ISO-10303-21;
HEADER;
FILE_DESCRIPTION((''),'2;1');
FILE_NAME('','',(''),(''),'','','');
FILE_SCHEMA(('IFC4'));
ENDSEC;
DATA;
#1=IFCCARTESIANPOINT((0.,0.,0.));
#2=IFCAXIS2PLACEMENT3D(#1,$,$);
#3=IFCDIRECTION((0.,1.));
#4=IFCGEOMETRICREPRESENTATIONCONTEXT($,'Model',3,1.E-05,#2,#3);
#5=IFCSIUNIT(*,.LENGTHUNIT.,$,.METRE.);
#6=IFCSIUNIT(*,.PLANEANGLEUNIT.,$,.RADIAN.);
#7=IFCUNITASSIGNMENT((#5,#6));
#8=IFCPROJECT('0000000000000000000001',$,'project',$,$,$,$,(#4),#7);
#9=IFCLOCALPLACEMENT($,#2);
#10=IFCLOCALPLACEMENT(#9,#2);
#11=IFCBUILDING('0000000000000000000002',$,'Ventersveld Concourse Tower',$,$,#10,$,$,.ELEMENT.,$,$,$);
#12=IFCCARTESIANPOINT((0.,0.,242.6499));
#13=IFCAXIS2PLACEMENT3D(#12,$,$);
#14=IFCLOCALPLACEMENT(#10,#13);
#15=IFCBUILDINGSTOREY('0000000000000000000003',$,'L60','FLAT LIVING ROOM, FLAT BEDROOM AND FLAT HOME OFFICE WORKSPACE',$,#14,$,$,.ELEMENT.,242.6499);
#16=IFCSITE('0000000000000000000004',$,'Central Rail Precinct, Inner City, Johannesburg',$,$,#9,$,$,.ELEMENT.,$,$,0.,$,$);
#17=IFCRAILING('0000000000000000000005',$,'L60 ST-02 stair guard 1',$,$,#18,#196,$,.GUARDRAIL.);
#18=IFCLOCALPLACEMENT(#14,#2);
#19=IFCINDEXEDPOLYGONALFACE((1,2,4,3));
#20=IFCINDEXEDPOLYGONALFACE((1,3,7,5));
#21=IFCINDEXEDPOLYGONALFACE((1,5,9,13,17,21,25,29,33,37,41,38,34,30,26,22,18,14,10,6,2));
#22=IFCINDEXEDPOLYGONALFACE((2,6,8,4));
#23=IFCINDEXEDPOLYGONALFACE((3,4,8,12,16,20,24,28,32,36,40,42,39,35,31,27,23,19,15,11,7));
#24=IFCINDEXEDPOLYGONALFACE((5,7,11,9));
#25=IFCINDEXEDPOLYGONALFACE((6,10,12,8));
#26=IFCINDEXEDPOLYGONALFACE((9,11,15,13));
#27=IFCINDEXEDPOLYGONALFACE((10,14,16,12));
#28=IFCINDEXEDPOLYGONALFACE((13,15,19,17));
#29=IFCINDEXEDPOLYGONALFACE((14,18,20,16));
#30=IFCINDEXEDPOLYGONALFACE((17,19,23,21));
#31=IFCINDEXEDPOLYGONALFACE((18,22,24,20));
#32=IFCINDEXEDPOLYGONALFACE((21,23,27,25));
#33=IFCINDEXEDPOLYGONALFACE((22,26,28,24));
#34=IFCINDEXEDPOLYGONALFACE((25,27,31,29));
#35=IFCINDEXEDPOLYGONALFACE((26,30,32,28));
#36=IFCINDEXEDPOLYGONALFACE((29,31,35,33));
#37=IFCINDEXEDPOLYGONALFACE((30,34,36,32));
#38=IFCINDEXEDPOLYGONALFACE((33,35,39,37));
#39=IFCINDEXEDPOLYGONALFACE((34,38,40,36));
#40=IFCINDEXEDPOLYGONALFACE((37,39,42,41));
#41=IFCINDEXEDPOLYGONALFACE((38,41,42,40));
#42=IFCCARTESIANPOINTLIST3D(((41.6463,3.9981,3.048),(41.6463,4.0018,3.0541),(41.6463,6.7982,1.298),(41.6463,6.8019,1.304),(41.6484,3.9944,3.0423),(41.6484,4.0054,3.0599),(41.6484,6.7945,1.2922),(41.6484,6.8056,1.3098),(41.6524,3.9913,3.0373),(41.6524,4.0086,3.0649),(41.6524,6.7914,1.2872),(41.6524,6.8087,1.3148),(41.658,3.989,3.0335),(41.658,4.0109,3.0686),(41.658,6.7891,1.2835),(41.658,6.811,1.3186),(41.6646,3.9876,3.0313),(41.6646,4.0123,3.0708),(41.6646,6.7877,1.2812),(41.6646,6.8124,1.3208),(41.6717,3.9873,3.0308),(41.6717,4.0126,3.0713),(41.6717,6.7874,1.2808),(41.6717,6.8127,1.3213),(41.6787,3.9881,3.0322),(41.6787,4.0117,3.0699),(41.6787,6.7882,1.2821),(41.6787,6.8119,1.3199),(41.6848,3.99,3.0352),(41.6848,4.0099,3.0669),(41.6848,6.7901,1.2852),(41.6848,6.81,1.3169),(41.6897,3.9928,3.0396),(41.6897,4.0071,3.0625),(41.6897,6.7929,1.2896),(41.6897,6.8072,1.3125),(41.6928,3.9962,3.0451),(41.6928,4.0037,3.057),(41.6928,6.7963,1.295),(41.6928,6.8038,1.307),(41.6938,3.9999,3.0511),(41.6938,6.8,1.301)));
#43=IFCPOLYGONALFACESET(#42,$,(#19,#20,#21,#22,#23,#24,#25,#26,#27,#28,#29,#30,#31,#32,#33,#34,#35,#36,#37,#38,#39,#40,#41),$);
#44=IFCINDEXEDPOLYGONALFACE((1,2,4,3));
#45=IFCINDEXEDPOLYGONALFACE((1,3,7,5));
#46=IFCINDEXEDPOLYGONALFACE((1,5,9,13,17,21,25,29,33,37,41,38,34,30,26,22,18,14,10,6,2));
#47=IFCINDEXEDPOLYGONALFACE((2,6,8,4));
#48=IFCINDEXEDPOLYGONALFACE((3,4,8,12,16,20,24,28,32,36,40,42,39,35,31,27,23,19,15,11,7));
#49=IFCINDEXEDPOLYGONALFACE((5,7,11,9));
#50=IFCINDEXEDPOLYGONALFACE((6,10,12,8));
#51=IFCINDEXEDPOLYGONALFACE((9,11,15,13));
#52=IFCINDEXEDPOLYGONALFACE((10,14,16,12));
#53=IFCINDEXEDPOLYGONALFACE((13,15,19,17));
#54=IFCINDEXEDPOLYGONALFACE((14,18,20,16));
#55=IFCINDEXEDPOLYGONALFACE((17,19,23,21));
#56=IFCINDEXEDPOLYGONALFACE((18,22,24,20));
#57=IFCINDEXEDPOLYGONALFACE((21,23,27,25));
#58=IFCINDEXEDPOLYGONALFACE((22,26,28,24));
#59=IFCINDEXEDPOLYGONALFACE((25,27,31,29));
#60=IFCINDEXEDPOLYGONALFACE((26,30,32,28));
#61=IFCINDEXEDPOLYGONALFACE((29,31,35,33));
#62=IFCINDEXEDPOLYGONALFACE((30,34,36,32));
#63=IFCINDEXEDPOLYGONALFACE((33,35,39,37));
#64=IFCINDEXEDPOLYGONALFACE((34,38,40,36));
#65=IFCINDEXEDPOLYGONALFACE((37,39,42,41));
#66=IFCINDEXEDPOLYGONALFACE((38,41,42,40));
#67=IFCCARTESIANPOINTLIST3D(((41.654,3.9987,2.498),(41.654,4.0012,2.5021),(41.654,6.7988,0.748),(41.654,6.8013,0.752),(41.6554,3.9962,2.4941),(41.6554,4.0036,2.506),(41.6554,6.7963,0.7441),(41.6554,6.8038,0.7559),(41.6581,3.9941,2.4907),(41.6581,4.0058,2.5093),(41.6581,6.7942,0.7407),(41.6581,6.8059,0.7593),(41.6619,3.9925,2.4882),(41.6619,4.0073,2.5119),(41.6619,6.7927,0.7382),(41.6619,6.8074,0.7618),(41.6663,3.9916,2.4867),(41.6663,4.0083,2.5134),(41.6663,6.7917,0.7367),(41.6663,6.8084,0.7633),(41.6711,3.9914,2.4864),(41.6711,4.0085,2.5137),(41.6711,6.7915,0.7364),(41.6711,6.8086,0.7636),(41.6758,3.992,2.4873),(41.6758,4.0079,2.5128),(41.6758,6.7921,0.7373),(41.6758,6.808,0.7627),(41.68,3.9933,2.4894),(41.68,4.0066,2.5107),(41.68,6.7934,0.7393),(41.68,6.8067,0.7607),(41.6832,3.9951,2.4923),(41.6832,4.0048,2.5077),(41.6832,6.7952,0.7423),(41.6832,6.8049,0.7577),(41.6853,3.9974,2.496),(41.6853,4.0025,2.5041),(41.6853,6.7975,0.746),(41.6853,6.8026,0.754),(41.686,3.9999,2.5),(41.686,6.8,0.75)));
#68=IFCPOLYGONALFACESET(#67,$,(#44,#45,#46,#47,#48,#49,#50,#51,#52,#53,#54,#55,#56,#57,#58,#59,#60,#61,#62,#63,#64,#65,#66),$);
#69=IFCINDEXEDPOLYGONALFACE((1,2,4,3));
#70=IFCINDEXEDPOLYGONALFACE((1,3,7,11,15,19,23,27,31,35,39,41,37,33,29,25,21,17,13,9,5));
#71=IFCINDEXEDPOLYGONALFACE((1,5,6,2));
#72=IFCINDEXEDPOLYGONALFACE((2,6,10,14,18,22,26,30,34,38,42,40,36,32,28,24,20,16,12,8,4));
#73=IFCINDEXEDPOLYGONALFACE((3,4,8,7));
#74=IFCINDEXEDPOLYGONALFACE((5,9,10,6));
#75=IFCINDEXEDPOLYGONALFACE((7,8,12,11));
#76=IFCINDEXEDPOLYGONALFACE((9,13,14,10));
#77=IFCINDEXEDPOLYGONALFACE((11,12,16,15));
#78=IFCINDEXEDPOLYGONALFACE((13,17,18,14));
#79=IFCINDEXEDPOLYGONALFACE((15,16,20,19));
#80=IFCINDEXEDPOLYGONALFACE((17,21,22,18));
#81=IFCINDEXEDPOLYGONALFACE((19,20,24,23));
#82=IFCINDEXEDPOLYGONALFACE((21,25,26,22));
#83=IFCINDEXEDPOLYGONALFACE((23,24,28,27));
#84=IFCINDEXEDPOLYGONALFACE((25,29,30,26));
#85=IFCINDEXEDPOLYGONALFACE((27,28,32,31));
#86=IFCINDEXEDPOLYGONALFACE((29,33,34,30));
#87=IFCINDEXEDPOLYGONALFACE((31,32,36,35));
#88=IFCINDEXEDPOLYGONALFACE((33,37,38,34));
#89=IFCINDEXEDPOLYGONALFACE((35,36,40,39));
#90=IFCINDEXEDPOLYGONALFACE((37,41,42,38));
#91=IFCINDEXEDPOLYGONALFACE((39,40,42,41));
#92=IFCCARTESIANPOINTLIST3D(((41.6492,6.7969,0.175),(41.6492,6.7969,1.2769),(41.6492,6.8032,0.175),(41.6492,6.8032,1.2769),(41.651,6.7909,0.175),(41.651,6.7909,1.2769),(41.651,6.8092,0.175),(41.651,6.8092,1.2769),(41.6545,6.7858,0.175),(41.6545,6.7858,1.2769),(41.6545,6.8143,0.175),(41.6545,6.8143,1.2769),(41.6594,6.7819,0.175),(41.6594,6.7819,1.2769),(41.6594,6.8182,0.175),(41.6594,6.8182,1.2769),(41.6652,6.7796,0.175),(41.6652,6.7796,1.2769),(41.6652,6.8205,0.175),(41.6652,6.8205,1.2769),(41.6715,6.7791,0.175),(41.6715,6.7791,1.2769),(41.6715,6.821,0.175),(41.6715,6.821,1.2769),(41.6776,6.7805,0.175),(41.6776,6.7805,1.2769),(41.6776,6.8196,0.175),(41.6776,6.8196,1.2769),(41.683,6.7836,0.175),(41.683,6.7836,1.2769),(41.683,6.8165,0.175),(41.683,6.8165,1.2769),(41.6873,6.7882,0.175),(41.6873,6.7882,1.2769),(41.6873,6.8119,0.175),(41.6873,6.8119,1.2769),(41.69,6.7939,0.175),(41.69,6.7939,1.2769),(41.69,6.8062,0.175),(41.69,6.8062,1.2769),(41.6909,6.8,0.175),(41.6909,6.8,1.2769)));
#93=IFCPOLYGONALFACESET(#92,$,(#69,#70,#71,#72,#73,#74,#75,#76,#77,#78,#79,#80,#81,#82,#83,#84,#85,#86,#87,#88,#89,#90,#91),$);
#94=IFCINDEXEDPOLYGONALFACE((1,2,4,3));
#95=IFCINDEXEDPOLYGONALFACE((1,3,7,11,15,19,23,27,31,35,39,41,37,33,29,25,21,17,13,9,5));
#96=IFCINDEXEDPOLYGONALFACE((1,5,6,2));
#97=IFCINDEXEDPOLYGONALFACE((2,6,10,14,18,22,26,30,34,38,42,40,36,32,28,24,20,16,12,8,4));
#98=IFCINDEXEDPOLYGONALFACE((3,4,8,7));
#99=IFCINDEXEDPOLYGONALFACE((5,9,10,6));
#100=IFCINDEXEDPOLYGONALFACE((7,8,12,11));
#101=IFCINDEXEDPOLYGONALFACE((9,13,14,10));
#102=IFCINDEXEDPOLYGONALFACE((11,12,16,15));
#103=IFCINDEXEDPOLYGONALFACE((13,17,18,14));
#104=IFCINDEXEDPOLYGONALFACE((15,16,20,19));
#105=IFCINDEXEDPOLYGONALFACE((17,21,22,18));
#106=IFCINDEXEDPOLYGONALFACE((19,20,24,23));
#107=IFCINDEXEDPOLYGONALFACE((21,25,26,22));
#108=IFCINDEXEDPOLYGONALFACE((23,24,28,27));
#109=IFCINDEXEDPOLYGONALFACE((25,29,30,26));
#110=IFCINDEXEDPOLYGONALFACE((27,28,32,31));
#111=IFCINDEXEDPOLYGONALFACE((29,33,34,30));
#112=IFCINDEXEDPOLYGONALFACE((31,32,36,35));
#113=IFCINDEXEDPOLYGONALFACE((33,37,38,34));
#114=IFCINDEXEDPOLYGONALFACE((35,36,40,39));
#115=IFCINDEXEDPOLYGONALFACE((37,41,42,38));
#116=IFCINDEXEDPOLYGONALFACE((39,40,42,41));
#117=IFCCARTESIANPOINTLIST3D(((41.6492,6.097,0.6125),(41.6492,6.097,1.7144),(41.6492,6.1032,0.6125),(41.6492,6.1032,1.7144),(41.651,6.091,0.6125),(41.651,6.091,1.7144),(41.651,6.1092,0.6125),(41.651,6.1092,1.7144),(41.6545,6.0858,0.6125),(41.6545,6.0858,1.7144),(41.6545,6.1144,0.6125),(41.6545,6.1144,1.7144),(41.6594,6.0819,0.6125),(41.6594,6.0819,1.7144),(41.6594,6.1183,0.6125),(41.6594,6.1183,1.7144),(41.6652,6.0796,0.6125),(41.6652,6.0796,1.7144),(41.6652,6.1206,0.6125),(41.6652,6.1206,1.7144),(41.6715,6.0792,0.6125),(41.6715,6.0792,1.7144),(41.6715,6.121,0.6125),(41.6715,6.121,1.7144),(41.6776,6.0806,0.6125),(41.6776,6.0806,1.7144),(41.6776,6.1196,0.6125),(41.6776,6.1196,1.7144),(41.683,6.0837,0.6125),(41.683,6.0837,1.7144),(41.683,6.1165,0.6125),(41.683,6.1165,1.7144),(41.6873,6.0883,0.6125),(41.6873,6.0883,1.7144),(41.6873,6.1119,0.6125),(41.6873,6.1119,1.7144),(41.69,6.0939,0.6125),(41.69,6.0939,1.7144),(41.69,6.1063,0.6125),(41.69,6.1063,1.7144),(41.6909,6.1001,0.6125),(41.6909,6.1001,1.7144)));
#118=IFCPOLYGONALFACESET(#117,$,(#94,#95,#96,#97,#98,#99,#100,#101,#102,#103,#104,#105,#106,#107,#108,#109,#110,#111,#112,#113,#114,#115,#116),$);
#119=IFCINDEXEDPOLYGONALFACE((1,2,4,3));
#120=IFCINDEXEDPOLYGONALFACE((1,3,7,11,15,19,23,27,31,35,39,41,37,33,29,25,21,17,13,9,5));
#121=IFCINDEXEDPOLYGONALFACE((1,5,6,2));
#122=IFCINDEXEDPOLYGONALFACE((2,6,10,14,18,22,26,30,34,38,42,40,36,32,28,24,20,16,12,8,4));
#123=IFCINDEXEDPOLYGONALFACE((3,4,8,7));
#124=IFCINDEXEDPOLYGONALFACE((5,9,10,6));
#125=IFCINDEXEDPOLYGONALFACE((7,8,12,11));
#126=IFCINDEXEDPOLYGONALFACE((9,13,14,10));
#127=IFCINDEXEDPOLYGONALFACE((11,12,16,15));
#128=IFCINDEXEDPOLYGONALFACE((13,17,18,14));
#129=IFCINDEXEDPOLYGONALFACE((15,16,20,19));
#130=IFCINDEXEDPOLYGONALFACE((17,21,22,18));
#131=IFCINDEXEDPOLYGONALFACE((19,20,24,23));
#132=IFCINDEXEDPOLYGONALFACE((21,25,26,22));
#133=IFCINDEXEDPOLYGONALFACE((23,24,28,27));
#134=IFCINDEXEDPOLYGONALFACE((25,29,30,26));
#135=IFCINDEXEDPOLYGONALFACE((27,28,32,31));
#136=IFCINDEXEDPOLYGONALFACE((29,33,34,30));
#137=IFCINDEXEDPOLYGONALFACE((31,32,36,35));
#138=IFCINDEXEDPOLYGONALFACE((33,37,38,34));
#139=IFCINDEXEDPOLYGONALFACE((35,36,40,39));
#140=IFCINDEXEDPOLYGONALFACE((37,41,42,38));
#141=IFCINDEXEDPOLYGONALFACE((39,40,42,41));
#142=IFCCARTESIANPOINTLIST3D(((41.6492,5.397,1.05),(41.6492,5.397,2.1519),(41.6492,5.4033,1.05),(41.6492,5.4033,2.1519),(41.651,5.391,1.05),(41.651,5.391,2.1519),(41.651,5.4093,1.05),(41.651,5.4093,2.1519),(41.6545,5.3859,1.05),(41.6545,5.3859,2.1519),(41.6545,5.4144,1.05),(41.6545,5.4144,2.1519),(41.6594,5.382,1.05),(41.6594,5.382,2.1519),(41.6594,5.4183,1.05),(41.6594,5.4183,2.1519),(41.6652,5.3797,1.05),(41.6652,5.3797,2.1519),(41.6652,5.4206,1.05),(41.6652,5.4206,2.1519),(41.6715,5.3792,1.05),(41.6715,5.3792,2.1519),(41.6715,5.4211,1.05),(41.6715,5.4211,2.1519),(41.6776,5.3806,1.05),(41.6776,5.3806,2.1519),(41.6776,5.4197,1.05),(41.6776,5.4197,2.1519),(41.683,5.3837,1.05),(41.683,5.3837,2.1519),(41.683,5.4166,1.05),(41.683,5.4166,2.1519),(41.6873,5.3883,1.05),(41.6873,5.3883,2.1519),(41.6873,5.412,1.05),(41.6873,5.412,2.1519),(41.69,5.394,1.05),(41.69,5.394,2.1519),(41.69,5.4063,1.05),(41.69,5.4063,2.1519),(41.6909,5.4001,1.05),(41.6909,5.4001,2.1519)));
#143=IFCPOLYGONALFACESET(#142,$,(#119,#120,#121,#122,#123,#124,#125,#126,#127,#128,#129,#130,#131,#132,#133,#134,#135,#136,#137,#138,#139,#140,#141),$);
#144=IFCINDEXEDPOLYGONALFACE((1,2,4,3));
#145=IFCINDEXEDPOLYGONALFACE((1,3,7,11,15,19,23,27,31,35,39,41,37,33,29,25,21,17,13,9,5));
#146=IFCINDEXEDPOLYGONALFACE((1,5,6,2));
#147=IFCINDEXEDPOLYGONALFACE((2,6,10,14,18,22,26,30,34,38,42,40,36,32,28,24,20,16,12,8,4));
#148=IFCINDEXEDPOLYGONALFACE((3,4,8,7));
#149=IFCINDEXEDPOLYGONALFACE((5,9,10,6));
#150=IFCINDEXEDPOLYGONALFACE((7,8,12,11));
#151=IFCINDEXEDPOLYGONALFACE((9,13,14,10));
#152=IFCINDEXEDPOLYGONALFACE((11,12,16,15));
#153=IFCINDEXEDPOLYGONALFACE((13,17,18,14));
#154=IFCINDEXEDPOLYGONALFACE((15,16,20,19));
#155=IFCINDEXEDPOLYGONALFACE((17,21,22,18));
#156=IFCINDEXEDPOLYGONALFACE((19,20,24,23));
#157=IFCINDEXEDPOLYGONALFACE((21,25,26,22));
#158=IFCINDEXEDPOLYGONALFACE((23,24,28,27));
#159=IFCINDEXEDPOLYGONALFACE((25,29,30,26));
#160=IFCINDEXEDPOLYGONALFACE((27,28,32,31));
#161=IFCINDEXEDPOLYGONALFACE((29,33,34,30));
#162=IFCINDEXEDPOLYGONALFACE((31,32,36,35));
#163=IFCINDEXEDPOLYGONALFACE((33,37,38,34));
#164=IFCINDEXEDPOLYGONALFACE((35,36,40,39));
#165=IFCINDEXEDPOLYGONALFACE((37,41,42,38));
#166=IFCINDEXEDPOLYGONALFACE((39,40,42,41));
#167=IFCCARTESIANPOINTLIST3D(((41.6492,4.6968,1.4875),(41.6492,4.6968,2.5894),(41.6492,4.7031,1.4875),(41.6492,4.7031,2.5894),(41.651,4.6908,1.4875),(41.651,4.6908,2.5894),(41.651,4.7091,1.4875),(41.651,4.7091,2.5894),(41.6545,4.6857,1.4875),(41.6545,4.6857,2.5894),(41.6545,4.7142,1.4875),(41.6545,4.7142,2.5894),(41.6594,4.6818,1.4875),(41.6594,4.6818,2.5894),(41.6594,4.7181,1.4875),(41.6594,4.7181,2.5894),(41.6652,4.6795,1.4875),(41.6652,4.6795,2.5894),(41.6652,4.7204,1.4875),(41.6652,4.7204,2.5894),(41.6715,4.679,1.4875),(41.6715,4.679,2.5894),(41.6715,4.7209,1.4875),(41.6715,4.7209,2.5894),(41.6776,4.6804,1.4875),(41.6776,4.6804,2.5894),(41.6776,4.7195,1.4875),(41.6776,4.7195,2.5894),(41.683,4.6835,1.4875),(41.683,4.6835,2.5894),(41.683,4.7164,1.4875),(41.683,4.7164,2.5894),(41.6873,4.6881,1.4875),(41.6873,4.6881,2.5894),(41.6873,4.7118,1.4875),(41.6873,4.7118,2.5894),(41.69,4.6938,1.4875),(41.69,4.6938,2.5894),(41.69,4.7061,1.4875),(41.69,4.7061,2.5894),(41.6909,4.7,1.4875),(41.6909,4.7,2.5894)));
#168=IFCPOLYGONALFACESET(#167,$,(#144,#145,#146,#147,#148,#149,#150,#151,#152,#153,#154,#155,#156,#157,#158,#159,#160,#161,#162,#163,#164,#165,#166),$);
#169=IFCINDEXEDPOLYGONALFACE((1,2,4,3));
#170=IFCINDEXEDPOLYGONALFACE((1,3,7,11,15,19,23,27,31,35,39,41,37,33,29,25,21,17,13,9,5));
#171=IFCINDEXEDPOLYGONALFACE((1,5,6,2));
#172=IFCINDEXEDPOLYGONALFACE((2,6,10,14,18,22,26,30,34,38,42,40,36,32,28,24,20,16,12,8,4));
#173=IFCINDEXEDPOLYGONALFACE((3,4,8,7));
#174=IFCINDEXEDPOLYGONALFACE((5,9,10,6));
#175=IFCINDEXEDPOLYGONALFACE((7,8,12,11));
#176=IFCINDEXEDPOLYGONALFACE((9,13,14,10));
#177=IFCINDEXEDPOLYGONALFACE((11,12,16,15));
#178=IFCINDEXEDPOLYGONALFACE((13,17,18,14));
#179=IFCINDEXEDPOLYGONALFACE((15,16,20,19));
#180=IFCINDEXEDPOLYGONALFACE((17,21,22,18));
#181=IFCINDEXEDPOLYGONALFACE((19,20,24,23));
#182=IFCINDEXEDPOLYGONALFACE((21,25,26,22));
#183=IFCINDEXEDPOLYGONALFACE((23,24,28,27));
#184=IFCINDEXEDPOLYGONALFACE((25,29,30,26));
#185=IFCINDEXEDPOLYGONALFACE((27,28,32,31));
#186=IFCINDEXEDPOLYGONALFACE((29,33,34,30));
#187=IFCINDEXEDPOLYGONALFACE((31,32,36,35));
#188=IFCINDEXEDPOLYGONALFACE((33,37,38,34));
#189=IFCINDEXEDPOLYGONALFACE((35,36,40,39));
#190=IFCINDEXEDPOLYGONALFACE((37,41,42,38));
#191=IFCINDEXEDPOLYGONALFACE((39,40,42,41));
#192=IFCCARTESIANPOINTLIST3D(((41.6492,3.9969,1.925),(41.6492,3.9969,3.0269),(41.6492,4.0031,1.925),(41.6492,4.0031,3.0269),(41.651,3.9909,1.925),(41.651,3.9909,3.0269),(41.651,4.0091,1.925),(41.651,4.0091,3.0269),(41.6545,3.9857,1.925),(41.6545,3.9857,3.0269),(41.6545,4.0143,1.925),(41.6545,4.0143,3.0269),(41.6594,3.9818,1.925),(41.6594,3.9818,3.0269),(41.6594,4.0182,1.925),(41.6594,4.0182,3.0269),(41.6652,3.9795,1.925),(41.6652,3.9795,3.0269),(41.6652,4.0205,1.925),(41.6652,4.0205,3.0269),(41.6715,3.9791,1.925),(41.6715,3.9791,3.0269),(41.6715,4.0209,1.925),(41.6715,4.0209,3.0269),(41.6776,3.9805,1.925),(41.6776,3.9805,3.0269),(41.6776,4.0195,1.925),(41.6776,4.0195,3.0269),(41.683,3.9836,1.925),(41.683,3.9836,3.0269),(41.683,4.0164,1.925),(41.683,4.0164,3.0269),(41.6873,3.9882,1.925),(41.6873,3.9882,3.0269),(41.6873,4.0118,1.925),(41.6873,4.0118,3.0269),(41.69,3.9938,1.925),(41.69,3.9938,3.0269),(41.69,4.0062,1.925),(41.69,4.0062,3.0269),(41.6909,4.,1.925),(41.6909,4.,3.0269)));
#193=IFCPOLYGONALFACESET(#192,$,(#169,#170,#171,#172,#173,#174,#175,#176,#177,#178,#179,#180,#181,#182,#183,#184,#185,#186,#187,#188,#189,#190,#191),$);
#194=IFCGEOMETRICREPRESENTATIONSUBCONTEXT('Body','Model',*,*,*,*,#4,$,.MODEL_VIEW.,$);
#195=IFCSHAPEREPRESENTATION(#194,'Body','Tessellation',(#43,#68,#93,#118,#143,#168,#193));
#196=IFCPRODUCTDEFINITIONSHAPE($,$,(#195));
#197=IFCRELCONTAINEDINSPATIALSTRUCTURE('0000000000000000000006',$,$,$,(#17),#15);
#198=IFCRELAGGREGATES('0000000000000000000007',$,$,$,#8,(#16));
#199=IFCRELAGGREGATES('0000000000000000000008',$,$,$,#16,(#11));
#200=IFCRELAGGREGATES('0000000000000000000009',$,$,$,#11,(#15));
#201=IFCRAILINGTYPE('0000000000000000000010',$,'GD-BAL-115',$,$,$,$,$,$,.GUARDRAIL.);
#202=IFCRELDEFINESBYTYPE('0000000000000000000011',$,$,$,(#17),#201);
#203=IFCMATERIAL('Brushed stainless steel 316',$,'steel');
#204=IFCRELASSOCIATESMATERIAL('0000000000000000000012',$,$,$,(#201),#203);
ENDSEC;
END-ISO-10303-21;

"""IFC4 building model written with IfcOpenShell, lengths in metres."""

from ifc_helpers import new_model, si_unit, direction, frame, origin, origin_2d, place, context, subcontext, project, spatial, circle, extrude, material, type_object, element, save


model = new_model("IFC4")

# Units and contexts
model_context = context("Model", 3, precision=1e-05, world=origin(), true_north=direction((0.0, 1.0)))
body_context = subcontext(model_context, "Body", "Model", "MODEL_VIEW")
ifc_project = project(units=[si_unit("LENGTHUNIT", "METRE"), si_unit("PLANEANGLEUNIT", "RADIAN")], contexts=[model_context])

# Site, building, storey
site_placement = place(None, origin())
site = spatial("IfcSite", under=ifc_project, at=site_placement, Name="Central Rail Precinct, Inner City, Johannesburg", CompositionType="ELEMENT", RefElevation=0.0)
building_placement = place(site_placement, origin())
building = spatial("IfcBuilding", under=site, at=building_placement, Name="Ventersveld Concourse Tower", CompositionType="ELEMENT")
storey_placement = place(building_placement, frame((0.0, 0.0, 242.6499)))
storey = spatial("IfcBuildingStorey", under=building, at=storey_placement, Name="L60", Description="FLAT LIVING ROOM, FLAT BEDROOM AND FLAT HOME OFFICE WORKSPACE", CompositionType="ELEMENT", Elevation=242.6499)

# Railing
ifc_material_1 = material(Name="Brushed stainless steel 316", Category="steel")
railing_type_1 = type_object("IfcRailingType", Name="GD-BAL-115", PredefinedType="GUARDRAIL", material=ifc_material_1)
railing_1_placement = place(storey_placement, frame((41.6699, 6.8, 0.175)))
element("IfcRailing", 1, at=railing_1_placement, inside=storey, type_object=railing_type_1, Name="L60 ST-02 stair guard 1", PredefinedType="GUARDRAIL", context=body_context, shape_type="SweptSolid", body=[
    extrude(circle(Radius=0.0239, at=origin_2d()), frame((0.0, 0.0, 1.126), z_axis=(0.0, -0.848002, 0.529992), x_axis=(1.0, 0.0, 0.0)), (0.0, 0.0, 1.0), 3.302),
    extrude(circle(Radius=0.0161, at=origin_2d()), frame((0.0, 0.0, 0.575), z_axis=(0.0, -0.848002, 0.529992), x_axis=(1.0, 0.0, 0.0)), (0.0, 0.0, 1.0), 3.302),
    extrude(circle(Radius=0.021, at=origin_2d()), origin(), (0.0, 0.0, 1.0), 1.1018),
    extrude(circle(Radius=0.021, at=origin_2d()), frame((0.0, -0.7, 0.4375)), (0.0, 0.0, 1.0), 1.1018),
    extrude(circle(Radius=0.021, at=origin_2d()), frame((0.0, -1.3999, 0.875)), (0.0, 0.0, 1.0), 1.1018),
    extrude(circle(Radius=0.021, at=origin_2d()), frame((0.0, -2.1001, 1.3125)), (0.0, 0.0, 1.0), 1.1018),
    extrude(circle(Radius=0.021, at=origin_2d()), frame((0.0, -2.8, 1.75)), (0.0, 0.0, 1.0), 1.1018),
])

save(model, "model.ifc")
